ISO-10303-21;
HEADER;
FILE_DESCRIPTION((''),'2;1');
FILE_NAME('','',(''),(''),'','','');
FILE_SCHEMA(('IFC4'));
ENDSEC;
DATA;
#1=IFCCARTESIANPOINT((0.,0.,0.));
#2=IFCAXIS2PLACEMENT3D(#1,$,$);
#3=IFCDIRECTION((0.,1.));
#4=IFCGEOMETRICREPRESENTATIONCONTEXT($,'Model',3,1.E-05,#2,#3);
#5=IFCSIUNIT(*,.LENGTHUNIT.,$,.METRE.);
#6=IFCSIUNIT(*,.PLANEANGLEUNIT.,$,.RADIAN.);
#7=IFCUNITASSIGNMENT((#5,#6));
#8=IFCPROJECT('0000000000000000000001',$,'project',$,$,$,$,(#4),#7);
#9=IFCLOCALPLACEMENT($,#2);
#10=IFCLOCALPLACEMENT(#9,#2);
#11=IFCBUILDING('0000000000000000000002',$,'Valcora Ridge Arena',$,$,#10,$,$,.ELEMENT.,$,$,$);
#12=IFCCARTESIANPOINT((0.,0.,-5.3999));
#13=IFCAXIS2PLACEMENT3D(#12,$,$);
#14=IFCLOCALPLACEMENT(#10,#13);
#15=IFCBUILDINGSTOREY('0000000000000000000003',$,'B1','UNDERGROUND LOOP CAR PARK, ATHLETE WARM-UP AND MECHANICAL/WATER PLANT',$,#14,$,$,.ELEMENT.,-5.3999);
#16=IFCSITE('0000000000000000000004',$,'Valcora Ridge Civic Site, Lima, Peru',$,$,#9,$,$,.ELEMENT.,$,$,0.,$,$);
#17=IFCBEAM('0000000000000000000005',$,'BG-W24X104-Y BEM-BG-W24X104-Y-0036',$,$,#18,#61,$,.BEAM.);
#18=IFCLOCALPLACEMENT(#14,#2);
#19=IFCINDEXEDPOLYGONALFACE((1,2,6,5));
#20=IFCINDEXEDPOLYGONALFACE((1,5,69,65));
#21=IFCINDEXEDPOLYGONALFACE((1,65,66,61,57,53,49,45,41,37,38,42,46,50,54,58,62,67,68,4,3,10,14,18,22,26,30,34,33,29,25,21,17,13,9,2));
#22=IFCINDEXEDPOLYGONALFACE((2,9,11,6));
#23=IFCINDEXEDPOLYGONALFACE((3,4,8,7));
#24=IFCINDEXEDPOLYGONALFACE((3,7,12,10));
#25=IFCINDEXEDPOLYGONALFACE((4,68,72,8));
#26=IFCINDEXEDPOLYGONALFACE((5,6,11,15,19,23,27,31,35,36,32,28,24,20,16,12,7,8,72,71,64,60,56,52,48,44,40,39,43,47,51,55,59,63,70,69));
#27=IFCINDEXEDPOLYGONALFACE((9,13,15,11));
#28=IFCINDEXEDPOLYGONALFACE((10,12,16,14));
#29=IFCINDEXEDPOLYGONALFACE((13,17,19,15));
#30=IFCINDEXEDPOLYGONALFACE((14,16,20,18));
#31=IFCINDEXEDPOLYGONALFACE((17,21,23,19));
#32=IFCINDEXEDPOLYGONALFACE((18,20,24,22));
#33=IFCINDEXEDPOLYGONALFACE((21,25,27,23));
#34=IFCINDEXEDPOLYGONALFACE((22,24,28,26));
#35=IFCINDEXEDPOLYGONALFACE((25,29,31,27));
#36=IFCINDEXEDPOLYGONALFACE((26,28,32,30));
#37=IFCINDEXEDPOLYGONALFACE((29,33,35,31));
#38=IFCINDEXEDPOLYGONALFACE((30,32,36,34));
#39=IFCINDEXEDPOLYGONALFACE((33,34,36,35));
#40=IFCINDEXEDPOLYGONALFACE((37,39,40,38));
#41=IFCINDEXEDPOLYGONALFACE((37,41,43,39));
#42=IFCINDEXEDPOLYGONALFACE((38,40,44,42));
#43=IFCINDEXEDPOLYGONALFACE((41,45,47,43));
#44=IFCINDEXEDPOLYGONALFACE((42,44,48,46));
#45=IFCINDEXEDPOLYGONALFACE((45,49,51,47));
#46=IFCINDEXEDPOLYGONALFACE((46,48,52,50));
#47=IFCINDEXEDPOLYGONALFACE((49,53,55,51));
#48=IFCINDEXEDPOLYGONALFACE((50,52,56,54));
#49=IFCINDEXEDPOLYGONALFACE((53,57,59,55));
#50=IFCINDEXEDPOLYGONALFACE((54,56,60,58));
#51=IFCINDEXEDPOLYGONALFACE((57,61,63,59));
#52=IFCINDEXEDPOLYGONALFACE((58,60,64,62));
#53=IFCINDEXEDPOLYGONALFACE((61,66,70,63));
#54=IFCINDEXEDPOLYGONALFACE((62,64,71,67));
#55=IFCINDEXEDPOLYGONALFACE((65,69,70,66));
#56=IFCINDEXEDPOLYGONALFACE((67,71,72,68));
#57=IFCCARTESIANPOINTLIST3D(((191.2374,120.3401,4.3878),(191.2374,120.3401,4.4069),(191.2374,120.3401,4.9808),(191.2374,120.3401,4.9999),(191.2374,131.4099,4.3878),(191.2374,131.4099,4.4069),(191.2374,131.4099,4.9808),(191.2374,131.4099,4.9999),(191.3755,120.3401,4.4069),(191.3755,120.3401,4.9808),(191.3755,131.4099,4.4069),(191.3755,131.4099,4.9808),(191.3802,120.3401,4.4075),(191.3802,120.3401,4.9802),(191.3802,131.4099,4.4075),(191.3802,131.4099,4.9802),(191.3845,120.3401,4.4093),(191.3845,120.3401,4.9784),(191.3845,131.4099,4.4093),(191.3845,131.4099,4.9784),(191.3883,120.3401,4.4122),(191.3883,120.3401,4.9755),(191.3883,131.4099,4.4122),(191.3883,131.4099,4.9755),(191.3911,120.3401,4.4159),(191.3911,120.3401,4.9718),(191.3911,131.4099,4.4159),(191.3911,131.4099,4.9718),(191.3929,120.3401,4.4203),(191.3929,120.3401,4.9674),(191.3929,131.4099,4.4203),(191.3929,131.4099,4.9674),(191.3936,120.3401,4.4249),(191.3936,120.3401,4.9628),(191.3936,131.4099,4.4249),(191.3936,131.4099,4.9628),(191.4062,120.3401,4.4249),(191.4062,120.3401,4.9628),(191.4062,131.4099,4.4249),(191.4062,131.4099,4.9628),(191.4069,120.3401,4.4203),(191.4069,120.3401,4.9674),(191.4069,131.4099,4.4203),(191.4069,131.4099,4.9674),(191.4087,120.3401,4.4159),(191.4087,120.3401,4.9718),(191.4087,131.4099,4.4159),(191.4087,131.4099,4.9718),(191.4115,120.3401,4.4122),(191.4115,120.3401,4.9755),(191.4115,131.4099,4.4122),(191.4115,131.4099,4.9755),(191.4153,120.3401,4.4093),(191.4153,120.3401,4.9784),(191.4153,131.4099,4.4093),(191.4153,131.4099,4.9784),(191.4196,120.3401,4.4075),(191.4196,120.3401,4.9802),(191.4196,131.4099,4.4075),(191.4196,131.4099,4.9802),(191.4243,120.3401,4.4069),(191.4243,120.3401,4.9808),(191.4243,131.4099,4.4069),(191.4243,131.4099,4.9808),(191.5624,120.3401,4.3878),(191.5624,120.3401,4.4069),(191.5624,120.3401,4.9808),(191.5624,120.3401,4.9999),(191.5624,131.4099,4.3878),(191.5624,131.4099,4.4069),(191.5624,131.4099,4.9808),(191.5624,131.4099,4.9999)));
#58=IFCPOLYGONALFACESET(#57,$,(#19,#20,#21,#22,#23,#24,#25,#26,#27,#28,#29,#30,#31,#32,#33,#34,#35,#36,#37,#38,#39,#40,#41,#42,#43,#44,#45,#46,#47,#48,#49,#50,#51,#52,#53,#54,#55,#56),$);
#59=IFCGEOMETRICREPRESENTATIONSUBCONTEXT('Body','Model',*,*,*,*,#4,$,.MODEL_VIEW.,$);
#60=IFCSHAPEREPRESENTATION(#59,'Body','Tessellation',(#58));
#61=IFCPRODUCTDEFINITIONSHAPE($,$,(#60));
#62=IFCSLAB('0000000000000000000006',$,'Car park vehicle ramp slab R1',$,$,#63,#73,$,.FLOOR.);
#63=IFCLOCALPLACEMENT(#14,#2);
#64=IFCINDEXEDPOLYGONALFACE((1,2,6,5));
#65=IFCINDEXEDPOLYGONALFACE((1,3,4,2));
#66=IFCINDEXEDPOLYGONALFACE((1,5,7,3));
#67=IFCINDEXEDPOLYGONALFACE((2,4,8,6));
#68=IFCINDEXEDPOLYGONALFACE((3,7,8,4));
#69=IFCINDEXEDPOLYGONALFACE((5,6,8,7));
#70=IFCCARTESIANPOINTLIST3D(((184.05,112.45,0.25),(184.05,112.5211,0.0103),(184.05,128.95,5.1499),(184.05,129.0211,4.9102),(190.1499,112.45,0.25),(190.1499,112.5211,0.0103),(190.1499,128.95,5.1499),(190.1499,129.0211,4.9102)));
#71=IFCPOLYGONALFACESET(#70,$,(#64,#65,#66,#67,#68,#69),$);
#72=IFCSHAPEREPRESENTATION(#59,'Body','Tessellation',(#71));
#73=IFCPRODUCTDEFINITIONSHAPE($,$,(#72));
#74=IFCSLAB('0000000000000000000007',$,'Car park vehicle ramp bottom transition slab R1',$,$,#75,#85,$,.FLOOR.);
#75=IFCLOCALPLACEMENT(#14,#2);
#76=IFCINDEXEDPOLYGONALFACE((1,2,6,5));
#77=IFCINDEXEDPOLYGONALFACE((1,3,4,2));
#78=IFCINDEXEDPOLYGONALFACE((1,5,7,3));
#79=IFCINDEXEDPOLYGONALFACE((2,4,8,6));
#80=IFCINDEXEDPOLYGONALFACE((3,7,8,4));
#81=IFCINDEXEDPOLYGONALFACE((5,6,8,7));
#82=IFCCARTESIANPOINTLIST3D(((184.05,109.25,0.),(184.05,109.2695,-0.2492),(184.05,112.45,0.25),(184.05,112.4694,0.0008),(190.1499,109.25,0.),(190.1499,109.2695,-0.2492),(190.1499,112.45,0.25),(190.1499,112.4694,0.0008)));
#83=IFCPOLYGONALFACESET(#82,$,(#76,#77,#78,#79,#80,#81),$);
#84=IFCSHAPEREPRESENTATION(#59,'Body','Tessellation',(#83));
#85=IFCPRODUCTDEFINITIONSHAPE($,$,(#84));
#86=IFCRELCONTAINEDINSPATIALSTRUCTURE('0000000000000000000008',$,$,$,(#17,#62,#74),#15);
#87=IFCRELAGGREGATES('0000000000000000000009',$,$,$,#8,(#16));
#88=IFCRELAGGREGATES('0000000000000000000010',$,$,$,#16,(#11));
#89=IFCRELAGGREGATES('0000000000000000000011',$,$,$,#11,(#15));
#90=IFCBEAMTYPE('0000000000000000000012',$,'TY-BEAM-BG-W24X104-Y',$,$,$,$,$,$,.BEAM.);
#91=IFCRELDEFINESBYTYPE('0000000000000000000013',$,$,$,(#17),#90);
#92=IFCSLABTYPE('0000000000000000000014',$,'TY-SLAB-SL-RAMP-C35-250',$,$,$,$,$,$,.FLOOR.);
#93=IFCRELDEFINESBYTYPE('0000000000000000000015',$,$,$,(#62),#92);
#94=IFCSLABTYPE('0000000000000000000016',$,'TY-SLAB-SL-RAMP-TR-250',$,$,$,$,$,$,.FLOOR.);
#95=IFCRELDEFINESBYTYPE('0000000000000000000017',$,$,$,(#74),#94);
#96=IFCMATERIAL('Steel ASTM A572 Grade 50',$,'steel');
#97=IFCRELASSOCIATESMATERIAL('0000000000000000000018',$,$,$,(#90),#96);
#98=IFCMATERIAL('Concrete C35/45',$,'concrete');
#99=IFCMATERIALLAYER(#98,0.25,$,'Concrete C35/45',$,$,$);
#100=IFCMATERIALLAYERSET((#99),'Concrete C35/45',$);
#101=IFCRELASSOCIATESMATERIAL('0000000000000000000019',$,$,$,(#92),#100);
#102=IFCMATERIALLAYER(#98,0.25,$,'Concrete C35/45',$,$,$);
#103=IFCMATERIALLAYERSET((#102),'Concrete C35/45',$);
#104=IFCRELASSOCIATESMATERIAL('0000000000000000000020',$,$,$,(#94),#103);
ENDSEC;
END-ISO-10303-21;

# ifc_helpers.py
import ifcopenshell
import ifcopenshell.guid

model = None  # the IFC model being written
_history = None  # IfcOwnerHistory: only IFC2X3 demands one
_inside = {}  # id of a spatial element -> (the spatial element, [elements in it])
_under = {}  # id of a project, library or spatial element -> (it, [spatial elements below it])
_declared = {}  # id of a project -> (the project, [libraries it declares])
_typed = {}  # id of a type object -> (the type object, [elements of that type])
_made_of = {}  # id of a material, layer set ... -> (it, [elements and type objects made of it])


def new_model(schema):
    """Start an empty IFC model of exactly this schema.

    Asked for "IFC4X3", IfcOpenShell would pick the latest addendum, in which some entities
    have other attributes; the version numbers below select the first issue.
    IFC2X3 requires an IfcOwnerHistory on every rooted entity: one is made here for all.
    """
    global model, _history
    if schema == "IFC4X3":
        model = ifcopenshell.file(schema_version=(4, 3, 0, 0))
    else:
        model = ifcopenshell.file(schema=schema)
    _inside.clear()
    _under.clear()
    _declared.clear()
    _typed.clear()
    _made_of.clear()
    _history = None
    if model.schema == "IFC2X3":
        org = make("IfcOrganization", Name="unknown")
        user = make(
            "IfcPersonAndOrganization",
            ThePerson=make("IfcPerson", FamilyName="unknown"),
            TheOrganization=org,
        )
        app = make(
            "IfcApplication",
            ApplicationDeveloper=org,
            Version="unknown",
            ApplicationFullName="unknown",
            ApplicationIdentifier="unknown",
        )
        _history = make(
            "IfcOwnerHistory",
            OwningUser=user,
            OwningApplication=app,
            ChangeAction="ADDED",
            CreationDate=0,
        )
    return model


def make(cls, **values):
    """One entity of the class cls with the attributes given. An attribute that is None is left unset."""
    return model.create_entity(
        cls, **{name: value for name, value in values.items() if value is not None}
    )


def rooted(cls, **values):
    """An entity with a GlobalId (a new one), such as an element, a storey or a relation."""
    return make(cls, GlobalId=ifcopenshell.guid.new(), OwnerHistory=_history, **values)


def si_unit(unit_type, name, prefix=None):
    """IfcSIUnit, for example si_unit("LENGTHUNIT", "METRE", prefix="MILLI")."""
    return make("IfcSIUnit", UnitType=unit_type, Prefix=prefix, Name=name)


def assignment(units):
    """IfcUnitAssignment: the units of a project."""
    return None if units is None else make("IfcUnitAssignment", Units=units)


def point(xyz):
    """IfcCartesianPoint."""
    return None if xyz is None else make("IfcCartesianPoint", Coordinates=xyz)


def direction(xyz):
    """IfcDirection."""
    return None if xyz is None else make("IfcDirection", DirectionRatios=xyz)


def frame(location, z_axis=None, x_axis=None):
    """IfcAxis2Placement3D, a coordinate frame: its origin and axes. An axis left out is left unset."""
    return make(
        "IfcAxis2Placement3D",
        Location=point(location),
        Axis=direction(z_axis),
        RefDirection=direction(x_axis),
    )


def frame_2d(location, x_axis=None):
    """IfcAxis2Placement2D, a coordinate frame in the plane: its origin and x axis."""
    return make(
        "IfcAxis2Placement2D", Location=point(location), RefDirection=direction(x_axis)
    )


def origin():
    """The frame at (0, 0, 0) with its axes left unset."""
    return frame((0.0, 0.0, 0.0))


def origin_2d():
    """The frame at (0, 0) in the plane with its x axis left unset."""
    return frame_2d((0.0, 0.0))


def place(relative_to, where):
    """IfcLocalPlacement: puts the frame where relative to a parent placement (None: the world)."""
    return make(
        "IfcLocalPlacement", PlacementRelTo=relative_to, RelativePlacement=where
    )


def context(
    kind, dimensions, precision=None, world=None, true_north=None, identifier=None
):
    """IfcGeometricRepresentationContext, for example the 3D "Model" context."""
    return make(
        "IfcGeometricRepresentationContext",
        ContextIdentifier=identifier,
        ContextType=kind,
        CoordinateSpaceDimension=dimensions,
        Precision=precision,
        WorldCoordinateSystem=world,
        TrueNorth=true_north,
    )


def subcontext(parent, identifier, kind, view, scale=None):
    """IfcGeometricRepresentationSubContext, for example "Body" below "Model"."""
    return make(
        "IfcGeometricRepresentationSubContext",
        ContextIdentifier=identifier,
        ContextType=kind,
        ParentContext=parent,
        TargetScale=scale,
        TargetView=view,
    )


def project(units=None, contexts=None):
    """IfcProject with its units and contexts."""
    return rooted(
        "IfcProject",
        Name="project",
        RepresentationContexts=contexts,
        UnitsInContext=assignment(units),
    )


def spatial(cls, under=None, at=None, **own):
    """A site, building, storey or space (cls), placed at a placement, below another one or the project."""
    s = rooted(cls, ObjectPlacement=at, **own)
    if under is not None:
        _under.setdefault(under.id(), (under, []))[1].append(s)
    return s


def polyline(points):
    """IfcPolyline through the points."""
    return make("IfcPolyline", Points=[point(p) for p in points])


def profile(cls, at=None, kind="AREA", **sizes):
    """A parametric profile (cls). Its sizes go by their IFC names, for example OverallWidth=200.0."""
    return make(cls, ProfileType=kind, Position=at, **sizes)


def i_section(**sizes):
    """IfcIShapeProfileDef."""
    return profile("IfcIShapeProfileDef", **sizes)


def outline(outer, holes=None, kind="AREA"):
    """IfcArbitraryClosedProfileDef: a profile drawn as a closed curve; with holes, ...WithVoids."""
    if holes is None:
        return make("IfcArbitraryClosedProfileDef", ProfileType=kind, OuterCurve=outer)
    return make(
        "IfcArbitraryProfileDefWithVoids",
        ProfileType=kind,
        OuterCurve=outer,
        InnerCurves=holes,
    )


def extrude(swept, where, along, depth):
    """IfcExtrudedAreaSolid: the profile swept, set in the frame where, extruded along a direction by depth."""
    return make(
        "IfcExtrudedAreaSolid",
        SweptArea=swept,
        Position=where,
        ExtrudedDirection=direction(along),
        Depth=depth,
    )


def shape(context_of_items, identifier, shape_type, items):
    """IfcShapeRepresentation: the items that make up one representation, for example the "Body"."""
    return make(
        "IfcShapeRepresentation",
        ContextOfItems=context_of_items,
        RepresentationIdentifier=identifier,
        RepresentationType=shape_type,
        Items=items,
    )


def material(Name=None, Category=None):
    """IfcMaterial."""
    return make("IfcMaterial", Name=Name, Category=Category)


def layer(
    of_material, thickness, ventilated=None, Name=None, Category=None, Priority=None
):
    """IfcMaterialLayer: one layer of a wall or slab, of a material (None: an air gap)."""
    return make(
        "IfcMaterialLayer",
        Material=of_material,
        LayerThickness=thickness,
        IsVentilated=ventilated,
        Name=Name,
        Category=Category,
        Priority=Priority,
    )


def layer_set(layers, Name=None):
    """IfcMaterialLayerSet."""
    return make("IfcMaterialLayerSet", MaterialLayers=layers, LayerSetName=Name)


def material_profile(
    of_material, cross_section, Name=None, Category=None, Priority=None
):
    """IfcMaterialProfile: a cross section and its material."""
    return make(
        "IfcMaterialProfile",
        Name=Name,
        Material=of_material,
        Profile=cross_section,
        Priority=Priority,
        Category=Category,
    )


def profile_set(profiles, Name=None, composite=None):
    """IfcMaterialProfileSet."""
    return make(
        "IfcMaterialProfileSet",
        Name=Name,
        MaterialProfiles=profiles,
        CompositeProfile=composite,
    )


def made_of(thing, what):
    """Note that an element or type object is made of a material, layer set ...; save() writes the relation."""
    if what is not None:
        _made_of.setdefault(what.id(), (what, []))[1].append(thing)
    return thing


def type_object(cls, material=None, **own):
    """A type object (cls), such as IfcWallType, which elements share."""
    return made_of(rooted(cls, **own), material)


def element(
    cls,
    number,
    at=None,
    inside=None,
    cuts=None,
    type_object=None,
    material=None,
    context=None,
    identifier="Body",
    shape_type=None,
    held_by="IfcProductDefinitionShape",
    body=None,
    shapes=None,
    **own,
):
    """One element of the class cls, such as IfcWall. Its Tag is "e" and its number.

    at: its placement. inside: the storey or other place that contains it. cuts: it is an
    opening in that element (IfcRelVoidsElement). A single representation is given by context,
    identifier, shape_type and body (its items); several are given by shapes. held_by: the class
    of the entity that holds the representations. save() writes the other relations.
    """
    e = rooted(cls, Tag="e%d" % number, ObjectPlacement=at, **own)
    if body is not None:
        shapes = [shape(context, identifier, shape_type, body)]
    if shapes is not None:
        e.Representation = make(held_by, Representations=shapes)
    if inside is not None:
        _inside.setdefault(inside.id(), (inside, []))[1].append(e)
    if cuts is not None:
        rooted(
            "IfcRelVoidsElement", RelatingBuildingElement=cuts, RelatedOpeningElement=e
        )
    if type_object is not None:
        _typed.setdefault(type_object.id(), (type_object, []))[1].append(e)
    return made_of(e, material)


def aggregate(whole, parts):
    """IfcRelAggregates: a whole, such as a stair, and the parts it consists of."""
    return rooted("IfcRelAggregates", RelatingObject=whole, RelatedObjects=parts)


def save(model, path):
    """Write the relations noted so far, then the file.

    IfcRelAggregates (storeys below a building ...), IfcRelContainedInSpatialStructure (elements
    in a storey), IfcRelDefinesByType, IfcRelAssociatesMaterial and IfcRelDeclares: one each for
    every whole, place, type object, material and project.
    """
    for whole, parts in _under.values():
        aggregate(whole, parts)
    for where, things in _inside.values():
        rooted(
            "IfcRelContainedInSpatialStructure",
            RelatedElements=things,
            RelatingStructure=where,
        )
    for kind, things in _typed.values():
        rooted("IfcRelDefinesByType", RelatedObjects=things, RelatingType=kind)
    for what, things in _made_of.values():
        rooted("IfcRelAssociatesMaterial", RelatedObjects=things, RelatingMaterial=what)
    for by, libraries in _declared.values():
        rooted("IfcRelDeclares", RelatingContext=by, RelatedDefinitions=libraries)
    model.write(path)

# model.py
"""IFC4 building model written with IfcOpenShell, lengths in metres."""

from ifc_helpers import new_model, si_unit, direction, frame, origin, origin_2d, place, context, subcontext, project, spatial, polyline, i_section, outline, extrude, material, layer, layer_set, material_profile, profile_set, type_object, element, save


model = new_model("IFC4")

# Units and contexts
model_context = context("Model", 3, precision=1e-05, world=origin(), true_north=direction((0.0, 1.0)))
body_context = subcontext(model_context, "Body", "Model", "MODEL_VIEW")
ifc_project = project(units=[si_unit("LENGTHUNIT", "METRE"), si_unit("PLANEANGLEUNIT", "RADIAN")], contexts=[model_context])

# Site, building, storey
site_placement = place(None, origin())
site = spatial("IfcSite", under=ifc_project, at=site_placement, Name="Valcora Ridge Civic Site, Lima, Peru", CompositionType="ELEMENT", RefElevation=0.0)
building_placement = place(site_placement, origin())
building = spatial("IfcBuilding", under=site, at=building_placement, Name="Valcora Ridge Arena", CompositionType="ELEMENT")
storey_placement = place(building_placement, frame((0.0, 0.0, -5.3999)))
storey = spatial("IfcBuildingStorey", under=building, at=storey_placement, Name="B1", Description="UNDERGROUND LOOP CAR PARK, ATHLETE WARM-UP AND MECHANICAL/WATER PLANT", CompositionType="ELEMENT", Elevation=-5.3999)

# Shared definitions
ifc_material_1 = material(Name="Concrete C35/45", Category="concrete")

# Beam
ifc_material_2 = material(Name="Steel ASTM A572 Grade 50", Category="steel")
ifc_material_profile_1 = material_profile(ifc_material_2, i_section(OverallWidth=0.325, OverallDepth=0.6121, WebThickness=0.0127, FlangeThickness=0.019, FilletRadius=0.0181, at=origin_2d()), Name="W24X104")
ifc_profile_set_1 = profile_set([ifc_material_profile_1], Name="Steel ASTM A572 Grade 50")
beam_type_1 = type_object("IfcBeamType", Name="TY-BEAM-BG-W24X104-Y", PredefinedType="BEAM", material=ifc_profile_set_1)
beam_1_placement = place(storey_placement, frame((191.3999, 120.3401, 4.6938), z_axis=(0.0, 1.0, 0.0), x_axis=(-1.0, 0.0, 0.0)))
element("IfcBeam", 1, at=beam_1_placement, inside=storey, type_object=beam_type_1, Name="BG-W24X104-Y BEM-BG-W24X104-Y-0036", PredefinedType="BEAM", context=body_context, shape_type="SweptSolid", body=[
    extrude(i_section(OverallWidth=0.325, OverallDepth=0.6121, WebThickness=0.0127, FlangeThickness=0.019, FilletRadius=0.0181, at=origin_2d()), origin(), (0.0, 0.0, 1.0), 11.0698),
])

# Slabs
ifc_layer_1 = layer(ifc_material_1, 0.25, Name="Concrete C35/45")
ifc_layer_set_1 = layer_set([ifc_layer_1], Name="Concrete C35/45")
slab_type_1 = type_object("IfcSlabType", Name="TY-SLAB-SL-RAMP-C35-250", PredefinedType="FLOOR", material=ifc_layer_set_1)
slab_1_placement = place(storey_placement, frame((184.05, 112.45, 0.25), z_axis=(0.0, -0.284676, 0.958624), x_axis=(1.0, 0.0, 0.0)))
element("IfcSlab", 2, at=slab_1_placement, inside=storey, type_object=slab_type_1, Name="Car park vehicle ramp slab R1", PredefinedType="FLOOR", context=body_context, shape_type="SweptSolid", body=[
    extrude(outline(polyline([(0.0, 0.0), (6.0999, 0.0), (6.0999, 17.2122), (0.0, 17.2122), (0.0, 0.0)])), origin(), (0.0, 0.0, -1.0), 0.25),
])
ifc_layer_2 = layer(ifc_material_1, 0.25, Name="Concrete C35/45")
ifc_layer_set_2 = layer_set([ifc_layer_2], Name="Concrete C35/45")
slab_type_2 = type_object("IfcSlabType", Name="TY-SLAB-SL-RAMP-TR-250", PredefinedType="FLOOR", material=ifc_layer_set_2)
slab_2_placement = place(storey_placement, frame((184.05, 109.25, 0.0), z_axis=(0.0, -0.077889, 0.996962), x_axis=(1.0, 0.0, 0.0)))
element("IfcSlab", 3, at=slab_2_placement, inside=storey, type_object=slab_type_2, Name="Car park vehicle ramp bottom transition slab R1", PredefinedType="FLOOR", context=body_context, shape_type="SweptSolid", body=[
    extrude(outline(polyline([(0.0, 0.0), (6.0999, 0.0), (6.0999, 3.2097), (0.0, 3.2097), (0.0, 0.0)])), origin(), (0.0, 0.0, -1.0), 0.25),
])

save(model, "model.ifc")
